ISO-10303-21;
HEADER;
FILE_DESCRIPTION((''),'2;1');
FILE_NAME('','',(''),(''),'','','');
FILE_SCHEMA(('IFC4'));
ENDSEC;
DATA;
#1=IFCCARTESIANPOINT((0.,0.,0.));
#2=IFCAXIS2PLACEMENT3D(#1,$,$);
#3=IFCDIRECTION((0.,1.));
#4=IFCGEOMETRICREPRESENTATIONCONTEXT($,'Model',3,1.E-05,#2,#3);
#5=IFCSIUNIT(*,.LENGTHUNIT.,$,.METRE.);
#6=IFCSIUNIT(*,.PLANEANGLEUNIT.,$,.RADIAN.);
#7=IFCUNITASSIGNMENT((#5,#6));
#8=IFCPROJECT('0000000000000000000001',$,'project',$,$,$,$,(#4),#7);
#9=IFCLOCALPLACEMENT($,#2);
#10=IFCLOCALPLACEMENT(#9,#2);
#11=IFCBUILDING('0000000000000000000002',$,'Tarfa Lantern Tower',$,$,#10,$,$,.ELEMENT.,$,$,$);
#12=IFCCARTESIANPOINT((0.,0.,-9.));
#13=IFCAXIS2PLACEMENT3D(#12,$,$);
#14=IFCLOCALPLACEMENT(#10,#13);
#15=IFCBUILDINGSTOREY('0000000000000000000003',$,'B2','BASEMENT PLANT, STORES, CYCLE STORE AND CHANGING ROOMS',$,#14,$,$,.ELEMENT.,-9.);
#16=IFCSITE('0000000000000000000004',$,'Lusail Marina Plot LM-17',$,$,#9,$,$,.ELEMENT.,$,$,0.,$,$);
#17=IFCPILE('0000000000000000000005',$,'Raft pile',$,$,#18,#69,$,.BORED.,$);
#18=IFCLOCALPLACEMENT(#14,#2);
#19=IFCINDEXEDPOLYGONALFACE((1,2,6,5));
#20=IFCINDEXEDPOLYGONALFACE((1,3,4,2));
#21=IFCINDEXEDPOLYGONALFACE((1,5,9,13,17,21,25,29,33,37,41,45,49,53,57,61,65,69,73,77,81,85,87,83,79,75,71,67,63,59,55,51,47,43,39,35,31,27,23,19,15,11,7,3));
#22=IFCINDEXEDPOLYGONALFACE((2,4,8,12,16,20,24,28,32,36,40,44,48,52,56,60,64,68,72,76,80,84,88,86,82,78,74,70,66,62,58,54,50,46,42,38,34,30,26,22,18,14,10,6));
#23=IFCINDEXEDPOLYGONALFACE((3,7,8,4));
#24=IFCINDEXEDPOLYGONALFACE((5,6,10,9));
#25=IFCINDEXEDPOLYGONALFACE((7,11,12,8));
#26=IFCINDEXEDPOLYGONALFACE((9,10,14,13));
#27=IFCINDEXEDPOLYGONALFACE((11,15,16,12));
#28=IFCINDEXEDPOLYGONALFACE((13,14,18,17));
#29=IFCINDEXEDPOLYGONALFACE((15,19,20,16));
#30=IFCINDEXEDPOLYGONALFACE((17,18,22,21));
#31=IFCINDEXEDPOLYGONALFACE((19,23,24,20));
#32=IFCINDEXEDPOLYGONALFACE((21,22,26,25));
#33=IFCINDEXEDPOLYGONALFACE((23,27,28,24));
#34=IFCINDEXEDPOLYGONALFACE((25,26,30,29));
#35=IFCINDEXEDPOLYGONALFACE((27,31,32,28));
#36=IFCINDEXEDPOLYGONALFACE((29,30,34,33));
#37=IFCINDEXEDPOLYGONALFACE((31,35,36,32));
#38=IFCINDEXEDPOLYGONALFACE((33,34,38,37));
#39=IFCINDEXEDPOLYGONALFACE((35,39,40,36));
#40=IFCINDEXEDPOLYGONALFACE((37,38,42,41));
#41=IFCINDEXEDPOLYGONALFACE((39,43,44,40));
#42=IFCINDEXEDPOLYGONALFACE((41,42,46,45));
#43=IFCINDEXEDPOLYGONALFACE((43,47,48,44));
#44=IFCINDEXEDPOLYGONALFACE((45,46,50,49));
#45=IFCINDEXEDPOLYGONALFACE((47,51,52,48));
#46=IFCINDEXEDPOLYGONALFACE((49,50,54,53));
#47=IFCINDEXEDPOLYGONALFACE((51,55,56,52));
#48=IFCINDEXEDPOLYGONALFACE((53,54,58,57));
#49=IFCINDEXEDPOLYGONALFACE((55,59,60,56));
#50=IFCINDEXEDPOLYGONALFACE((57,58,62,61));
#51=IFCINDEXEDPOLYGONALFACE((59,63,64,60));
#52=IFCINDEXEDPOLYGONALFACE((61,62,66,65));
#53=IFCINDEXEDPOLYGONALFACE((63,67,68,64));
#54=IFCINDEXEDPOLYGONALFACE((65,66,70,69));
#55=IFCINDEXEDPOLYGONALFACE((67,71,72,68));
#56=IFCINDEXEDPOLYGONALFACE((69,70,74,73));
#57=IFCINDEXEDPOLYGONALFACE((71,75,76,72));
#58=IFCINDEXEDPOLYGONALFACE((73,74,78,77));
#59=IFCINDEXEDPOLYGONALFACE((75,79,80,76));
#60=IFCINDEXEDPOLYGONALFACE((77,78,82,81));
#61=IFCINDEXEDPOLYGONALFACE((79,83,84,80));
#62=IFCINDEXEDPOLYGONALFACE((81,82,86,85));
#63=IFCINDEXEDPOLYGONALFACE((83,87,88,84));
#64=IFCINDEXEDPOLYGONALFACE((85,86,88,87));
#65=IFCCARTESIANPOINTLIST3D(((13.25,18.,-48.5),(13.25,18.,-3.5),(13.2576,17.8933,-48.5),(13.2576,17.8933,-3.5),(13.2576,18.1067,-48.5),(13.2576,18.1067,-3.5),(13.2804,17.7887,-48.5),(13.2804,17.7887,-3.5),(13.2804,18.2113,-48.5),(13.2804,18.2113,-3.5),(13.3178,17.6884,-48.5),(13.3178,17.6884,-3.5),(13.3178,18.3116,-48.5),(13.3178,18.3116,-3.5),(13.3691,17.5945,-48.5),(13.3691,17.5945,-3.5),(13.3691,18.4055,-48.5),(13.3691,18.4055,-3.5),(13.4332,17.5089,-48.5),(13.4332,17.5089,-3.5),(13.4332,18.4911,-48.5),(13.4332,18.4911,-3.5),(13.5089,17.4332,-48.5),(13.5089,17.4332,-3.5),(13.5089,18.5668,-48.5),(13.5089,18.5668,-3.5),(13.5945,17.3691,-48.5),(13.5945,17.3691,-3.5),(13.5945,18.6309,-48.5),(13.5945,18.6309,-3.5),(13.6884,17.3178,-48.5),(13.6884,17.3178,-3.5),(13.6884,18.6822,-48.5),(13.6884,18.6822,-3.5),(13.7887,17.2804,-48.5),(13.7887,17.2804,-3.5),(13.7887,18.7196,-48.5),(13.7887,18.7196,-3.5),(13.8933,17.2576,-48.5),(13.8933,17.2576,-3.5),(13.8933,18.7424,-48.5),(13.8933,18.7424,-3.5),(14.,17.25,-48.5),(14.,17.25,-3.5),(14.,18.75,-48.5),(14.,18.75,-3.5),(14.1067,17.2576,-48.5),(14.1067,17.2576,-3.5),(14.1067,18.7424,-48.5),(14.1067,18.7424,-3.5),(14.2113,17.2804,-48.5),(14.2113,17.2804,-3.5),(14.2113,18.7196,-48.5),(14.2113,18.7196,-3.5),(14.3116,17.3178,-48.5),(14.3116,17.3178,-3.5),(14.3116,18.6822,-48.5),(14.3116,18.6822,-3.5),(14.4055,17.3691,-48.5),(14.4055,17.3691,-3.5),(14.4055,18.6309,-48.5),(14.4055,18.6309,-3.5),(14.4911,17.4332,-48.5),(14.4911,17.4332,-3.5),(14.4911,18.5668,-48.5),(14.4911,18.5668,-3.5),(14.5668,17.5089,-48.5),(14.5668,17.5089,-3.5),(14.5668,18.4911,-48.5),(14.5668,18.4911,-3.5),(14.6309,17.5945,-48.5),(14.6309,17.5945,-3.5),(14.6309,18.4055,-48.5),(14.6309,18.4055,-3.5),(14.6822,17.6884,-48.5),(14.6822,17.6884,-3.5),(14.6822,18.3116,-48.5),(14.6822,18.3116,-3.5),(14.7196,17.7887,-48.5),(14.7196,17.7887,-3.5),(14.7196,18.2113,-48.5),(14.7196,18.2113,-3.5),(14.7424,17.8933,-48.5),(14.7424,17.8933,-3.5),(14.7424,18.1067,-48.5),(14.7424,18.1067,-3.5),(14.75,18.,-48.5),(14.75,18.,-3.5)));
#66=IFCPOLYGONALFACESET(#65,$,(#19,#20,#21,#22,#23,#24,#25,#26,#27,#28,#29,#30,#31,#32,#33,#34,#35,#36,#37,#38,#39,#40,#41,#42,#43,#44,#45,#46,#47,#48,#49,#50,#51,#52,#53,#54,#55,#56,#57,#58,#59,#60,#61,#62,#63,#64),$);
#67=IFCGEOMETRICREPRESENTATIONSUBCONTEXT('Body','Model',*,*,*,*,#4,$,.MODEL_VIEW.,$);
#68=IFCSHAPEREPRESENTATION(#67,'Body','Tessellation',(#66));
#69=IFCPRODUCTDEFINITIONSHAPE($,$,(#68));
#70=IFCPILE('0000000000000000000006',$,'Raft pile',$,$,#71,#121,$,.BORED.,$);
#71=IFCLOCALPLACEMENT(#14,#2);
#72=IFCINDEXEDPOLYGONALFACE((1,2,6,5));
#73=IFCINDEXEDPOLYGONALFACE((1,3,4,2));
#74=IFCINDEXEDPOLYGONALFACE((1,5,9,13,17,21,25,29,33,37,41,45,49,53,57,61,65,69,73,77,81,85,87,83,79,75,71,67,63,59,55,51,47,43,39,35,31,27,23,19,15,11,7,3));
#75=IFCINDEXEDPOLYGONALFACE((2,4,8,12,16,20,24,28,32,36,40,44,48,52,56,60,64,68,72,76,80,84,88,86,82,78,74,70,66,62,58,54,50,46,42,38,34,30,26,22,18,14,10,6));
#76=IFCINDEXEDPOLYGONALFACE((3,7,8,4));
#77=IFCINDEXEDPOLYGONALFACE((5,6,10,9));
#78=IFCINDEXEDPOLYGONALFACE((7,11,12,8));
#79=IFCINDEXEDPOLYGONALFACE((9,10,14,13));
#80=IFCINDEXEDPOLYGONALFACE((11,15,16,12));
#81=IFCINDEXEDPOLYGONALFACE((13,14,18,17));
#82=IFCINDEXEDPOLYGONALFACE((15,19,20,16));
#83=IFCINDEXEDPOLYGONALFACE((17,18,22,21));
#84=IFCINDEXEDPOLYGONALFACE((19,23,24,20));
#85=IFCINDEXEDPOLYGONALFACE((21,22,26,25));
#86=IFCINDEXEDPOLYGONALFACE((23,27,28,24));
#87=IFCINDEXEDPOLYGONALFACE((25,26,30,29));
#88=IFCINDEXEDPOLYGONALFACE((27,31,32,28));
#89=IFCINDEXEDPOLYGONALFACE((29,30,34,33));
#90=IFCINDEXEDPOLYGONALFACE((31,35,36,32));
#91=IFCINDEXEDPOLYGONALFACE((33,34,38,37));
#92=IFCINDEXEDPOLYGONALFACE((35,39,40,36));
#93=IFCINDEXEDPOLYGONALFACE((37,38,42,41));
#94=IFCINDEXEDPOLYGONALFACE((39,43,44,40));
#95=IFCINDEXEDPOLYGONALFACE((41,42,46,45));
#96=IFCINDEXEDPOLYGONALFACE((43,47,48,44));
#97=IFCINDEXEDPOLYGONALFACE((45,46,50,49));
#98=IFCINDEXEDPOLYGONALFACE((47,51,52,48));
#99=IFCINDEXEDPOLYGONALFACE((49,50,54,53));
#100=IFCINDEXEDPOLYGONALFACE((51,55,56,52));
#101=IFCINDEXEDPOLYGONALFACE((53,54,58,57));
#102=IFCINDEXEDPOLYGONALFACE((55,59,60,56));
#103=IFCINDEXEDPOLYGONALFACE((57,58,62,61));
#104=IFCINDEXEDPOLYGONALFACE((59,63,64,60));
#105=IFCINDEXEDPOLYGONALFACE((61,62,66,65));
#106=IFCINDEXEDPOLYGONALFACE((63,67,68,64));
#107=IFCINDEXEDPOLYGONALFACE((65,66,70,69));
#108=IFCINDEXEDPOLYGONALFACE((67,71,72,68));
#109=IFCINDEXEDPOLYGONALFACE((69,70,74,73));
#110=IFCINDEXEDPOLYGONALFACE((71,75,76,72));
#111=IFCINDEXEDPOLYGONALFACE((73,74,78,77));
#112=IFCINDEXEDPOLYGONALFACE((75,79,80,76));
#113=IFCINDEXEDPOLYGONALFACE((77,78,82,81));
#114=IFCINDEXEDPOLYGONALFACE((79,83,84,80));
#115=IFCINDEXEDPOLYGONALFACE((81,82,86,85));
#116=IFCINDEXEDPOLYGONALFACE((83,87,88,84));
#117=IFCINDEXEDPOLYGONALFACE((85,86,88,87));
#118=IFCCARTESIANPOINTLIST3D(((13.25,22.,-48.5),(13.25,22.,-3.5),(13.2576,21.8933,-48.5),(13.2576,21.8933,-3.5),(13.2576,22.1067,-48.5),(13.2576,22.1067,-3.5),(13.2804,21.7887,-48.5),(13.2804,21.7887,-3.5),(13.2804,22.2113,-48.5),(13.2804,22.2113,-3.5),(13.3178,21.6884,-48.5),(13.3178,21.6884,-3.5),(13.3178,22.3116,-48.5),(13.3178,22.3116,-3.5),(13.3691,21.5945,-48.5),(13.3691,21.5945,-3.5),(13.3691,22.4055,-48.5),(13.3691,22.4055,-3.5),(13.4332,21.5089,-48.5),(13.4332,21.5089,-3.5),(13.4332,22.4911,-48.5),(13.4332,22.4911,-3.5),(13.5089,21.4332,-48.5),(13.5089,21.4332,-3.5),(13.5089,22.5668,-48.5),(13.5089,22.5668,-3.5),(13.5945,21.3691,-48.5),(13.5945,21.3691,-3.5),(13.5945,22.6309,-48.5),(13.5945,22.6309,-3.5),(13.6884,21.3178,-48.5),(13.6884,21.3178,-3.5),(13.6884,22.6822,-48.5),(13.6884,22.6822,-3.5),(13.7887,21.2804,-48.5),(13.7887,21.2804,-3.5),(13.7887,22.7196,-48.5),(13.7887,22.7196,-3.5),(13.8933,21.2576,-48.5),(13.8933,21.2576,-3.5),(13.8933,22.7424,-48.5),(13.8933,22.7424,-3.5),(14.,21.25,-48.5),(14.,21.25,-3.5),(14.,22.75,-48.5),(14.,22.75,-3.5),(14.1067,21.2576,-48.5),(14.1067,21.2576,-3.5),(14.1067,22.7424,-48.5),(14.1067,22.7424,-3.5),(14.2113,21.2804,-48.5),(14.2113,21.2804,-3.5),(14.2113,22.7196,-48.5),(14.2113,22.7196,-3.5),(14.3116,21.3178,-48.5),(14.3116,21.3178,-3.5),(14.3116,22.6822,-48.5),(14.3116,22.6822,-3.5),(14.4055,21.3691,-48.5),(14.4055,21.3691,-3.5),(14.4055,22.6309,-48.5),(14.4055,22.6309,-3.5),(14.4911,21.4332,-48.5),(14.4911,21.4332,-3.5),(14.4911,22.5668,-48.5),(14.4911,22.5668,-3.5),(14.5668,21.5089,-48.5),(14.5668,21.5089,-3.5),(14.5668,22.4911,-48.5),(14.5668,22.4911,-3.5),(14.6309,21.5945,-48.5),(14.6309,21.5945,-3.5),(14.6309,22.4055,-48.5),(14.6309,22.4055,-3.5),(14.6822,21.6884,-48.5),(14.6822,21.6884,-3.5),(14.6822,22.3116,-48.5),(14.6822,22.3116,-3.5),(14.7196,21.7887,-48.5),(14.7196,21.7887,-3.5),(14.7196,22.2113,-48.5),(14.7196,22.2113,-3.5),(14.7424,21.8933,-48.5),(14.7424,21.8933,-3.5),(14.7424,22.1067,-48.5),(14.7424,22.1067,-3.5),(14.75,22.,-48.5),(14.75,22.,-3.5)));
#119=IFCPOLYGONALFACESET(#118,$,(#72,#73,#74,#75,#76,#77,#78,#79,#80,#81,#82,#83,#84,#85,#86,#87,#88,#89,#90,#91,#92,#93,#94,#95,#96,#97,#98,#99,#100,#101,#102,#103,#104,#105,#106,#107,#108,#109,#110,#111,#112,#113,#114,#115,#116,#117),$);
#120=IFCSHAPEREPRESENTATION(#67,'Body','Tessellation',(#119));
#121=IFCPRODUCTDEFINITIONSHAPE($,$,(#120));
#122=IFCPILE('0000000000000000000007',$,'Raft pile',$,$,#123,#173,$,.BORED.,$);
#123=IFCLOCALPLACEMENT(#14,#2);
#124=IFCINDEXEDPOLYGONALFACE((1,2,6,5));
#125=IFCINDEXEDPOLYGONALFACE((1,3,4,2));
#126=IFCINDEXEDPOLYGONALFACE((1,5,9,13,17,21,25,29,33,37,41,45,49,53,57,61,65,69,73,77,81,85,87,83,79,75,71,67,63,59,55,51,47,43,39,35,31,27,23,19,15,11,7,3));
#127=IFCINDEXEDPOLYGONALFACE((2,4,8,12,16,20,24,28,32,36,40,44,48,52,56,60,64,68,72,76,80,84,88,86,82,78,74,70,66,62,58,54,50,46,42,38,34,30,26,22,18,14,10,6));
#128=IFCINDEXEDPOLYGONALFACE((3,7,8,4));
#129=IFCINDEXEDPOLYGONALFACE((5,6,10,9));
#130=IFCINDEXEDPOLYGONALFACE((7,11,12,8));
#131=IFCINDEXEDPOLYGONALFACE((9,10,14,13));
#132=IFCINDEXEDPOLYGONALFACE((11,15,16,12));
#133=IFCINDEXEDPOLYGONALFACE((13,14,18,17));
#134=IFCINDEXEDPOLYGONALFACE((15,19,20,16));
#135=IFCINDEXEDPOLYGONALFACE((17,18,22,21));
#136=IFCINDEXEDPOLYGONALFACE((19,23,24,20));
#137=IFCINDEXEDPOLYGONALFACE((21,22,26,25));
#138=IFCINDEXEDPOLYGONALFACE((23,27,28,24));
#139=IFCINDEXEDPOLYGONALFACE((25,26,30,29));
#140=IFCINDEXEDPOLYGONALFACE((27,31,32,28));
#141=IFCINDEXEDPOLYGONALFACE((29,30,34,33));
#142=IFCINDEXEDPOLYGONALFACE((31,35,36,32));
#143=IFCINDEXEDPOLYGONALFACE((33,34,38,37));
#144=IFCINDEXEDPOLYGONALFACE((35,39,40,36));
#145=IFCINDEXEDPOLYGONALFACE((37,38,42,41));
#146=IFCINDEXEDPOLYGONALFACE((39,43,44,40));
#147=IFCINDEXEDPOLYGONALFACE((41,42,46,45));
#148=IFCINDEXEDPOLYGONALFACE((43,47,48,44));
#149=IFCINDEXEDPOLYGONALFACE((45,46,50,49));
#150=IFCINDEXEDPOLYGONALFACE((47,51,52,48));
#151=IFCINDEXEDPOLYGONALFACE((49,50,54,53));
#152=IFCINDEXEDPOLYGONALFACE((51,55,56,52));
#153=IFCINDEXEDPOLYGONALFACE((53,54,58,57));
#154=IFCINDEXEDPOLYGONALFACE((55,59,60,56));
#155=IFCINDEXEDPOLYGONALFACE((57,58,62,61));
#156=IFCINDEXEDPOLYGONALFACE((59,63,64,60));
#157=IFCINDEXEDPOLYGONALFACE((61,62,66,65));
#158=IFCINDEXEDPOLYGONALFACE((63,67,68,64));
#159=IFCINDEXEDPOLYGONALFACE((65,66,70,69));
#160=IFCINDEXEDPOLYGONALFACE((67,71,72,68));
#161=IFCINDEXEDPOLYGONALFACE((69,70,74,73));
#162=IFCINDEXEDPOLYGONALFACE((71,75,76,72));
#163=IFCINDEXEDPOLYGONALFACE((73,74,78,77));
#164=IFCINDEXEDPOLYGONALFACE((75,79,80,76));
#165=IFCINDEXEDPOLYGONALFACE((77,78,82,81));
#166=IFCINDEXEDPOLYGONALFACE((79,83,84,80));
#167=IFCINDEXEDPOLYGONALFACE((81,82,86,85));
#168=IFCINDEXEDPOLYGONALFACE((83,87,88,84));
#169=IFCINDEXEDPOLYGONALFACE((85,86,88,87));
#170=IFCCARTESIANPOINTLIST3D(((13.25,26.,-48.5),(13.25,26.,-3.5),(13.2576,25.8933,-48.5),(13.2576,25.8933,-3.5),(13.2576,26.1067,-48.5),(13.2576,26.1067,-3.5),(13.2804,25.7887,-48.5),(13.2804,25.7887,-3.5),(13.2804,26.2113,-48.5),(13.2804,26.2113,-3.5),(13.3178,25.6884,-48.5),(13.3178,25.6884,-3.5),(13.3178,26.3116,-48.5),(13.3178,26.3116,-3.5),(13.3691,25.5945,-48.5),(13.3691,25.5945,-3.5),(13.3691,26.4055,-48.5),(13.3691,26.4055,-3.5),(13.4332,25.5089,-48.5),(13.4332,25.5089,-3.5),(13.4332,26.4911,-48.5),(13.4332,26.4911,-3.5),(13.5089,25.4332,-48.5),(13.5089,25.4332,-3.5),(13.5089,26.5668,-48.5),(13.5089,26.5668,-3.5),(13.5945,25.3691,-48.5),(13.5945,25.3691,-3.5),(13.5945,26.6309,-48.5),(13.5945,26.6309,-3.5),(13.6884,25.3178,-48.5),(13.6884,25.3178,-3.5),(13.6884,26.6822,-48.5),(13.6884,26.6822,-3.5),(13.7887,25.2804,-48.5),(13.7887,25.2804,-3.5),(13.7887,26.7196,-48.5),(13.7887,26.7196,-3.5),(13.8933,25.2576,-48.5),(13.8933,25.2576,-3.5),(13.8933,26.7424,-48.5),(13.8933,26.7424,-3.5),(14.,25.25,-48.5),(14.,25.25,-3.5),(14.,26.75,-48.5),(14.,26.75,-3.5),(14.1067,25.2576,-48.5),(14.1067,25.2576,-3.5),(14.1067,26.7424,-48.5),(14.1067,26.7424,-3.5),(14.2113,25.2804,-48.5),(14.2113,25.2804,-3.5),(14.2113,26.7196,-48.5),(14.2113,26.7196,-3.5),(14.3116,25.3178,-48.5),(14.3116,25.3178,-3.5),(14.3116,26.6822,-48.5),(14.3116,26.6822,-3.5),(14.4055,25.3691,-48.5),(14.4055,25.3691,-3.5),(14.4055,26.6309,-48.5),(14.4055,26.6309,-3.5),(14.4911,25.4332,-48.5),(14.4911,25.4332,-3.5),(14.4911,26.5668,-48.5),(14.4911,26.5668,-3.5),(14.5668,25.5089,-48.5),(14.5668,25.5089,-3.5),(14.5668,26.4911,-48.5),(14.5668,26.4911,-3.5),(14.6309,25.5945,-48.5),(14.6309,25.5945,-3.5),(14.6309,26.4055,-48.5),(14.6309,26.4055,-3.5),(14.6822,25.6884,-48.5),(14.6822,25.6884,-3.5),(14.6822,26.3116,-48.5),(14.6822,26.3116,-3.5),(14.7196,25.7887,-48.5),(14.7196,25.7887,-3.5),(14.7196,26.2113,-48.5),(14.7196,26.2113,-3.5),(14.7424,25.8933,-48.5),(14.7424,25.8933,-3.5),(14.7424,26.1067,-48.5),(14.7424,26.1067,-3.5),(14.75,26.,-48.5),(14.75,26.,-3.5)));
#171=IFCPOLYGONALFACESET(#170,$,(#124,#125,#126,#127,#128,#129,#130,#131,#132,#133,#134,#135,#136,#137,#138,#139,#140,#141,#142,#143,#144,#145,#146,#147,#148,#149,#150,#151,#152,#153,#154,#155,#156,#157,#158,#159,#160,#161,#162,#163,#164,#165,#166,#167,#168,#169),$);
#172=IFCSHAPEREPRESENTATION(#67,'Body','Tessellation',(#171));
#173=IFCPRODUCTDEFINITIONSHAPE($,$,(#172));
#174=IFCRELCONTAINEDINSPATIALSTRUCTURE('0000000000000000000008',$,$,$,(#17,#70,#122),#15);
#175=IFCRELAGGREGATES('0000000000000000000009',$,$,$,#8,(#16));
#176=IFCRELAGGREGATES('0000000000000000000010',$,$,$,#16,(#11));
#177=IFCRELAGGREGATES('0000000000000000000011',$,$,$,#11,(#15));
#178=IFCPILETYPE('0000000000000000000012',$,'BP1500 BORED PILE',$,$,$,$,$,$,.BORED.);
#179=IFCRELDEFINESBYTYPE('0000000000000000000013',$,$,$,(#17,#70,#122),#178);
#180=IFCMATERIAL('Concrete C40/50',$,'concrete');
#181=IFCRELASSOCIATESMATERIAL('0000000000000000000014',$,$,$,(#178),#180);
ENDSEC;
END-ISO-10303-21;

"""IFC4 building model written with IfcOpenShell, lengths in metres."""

from ifc_helpers import new_model, si_unit, direction, frame, origin, origin_2d, place, context, subcontext, project, spatial, circle, extrude, material, material_profile, profile_set, type_object, element, save


model = new_model("IFC4")

# Units and contexts
model_context = context("Model", 3, precision=1e-05, world=origin(), true_north=direction((0.0, 1.0)))
body_context = subcontext(model_context, "Body", "Model", "MODEL_VIEW")
ifc_project = project(units=[si_unit("LENGTHUNIT", "METRE"), si_unit("PLANEANGLEUNIT", "RADIAN")], contexts=[model_context])

# Site, building, storey
site_placement = place(None, origin())
site = spatial("IfcSite", under=ifc_project, at=site_placement, Name="Lusail Marina Plot LM-17", CompositionType="ELEMENT", RefElevation=0.0)
building_placement = place(site_placement, origin())
building = spatial("IfcBuilding", under=site, at=building_placement, Name="Tarfa Lantern Tower", CompositionType="ELEMENT")
storey_placement = place(building_placement, frame((0.0, 0.0, -9.0)))
storey = spatial("IfcBuildingStorey", under=building, at=storey_placement, Name="B2", Description="BASEMENT PLANT, STORES, CYCLE STORE AND CHANGING ROOMS", CompositionType="ELEMENT", Elevation=-9.0)

# Piles
ifc_material_1 = material(Name="Concrete C40/50", Category="concrete")
ifc_material_profile_1 = material_profile(ifc_material_1, circle(Radius=0.75, at=origin_2d()), Name="BORED PILE D1500")
ifc_profile_set_1 = profile_set([ifc_material_profile_1], Name="Concrete C40/50")
pile_type = type_object("IfcPileType", Name="BP1500 BORED PILE", PredefinedType="BORED", material=ifc_profile_set_1)
for number, where, z_axis, x_axis, name in (
    (1, (14.0, 18.0, -3.5), (0.0, 0.0, -1.0), (1.0, 0.0, 0.0), "Raft pile"),
    (2, (14.0, 22.0, -3.5), (0.0, 0.0, -1.0), (1.0, 0.0, 0.0), "Raft pile"),
    (3, (14.0, 26.0, -3.5), (0.0, 0.0, -1.0), (1.0, 0.0, 0.0), "Raft pile"),
):
    element("IfcPile", number, at=place(storey_placement, frame(where, z_axis=z_axis, x_axis=x_axis)), inside=storey, type_object=pile_type, Name=name, PredefinedType="BORED", context=body_context, shape_type="SweptSolid", body=[
        extrude(circle(Radius=0.75, at=origin_2d()), origin(), (0.0, 0.0, 1.0), 45.0),
    ])

save(model, "model.ifc")
